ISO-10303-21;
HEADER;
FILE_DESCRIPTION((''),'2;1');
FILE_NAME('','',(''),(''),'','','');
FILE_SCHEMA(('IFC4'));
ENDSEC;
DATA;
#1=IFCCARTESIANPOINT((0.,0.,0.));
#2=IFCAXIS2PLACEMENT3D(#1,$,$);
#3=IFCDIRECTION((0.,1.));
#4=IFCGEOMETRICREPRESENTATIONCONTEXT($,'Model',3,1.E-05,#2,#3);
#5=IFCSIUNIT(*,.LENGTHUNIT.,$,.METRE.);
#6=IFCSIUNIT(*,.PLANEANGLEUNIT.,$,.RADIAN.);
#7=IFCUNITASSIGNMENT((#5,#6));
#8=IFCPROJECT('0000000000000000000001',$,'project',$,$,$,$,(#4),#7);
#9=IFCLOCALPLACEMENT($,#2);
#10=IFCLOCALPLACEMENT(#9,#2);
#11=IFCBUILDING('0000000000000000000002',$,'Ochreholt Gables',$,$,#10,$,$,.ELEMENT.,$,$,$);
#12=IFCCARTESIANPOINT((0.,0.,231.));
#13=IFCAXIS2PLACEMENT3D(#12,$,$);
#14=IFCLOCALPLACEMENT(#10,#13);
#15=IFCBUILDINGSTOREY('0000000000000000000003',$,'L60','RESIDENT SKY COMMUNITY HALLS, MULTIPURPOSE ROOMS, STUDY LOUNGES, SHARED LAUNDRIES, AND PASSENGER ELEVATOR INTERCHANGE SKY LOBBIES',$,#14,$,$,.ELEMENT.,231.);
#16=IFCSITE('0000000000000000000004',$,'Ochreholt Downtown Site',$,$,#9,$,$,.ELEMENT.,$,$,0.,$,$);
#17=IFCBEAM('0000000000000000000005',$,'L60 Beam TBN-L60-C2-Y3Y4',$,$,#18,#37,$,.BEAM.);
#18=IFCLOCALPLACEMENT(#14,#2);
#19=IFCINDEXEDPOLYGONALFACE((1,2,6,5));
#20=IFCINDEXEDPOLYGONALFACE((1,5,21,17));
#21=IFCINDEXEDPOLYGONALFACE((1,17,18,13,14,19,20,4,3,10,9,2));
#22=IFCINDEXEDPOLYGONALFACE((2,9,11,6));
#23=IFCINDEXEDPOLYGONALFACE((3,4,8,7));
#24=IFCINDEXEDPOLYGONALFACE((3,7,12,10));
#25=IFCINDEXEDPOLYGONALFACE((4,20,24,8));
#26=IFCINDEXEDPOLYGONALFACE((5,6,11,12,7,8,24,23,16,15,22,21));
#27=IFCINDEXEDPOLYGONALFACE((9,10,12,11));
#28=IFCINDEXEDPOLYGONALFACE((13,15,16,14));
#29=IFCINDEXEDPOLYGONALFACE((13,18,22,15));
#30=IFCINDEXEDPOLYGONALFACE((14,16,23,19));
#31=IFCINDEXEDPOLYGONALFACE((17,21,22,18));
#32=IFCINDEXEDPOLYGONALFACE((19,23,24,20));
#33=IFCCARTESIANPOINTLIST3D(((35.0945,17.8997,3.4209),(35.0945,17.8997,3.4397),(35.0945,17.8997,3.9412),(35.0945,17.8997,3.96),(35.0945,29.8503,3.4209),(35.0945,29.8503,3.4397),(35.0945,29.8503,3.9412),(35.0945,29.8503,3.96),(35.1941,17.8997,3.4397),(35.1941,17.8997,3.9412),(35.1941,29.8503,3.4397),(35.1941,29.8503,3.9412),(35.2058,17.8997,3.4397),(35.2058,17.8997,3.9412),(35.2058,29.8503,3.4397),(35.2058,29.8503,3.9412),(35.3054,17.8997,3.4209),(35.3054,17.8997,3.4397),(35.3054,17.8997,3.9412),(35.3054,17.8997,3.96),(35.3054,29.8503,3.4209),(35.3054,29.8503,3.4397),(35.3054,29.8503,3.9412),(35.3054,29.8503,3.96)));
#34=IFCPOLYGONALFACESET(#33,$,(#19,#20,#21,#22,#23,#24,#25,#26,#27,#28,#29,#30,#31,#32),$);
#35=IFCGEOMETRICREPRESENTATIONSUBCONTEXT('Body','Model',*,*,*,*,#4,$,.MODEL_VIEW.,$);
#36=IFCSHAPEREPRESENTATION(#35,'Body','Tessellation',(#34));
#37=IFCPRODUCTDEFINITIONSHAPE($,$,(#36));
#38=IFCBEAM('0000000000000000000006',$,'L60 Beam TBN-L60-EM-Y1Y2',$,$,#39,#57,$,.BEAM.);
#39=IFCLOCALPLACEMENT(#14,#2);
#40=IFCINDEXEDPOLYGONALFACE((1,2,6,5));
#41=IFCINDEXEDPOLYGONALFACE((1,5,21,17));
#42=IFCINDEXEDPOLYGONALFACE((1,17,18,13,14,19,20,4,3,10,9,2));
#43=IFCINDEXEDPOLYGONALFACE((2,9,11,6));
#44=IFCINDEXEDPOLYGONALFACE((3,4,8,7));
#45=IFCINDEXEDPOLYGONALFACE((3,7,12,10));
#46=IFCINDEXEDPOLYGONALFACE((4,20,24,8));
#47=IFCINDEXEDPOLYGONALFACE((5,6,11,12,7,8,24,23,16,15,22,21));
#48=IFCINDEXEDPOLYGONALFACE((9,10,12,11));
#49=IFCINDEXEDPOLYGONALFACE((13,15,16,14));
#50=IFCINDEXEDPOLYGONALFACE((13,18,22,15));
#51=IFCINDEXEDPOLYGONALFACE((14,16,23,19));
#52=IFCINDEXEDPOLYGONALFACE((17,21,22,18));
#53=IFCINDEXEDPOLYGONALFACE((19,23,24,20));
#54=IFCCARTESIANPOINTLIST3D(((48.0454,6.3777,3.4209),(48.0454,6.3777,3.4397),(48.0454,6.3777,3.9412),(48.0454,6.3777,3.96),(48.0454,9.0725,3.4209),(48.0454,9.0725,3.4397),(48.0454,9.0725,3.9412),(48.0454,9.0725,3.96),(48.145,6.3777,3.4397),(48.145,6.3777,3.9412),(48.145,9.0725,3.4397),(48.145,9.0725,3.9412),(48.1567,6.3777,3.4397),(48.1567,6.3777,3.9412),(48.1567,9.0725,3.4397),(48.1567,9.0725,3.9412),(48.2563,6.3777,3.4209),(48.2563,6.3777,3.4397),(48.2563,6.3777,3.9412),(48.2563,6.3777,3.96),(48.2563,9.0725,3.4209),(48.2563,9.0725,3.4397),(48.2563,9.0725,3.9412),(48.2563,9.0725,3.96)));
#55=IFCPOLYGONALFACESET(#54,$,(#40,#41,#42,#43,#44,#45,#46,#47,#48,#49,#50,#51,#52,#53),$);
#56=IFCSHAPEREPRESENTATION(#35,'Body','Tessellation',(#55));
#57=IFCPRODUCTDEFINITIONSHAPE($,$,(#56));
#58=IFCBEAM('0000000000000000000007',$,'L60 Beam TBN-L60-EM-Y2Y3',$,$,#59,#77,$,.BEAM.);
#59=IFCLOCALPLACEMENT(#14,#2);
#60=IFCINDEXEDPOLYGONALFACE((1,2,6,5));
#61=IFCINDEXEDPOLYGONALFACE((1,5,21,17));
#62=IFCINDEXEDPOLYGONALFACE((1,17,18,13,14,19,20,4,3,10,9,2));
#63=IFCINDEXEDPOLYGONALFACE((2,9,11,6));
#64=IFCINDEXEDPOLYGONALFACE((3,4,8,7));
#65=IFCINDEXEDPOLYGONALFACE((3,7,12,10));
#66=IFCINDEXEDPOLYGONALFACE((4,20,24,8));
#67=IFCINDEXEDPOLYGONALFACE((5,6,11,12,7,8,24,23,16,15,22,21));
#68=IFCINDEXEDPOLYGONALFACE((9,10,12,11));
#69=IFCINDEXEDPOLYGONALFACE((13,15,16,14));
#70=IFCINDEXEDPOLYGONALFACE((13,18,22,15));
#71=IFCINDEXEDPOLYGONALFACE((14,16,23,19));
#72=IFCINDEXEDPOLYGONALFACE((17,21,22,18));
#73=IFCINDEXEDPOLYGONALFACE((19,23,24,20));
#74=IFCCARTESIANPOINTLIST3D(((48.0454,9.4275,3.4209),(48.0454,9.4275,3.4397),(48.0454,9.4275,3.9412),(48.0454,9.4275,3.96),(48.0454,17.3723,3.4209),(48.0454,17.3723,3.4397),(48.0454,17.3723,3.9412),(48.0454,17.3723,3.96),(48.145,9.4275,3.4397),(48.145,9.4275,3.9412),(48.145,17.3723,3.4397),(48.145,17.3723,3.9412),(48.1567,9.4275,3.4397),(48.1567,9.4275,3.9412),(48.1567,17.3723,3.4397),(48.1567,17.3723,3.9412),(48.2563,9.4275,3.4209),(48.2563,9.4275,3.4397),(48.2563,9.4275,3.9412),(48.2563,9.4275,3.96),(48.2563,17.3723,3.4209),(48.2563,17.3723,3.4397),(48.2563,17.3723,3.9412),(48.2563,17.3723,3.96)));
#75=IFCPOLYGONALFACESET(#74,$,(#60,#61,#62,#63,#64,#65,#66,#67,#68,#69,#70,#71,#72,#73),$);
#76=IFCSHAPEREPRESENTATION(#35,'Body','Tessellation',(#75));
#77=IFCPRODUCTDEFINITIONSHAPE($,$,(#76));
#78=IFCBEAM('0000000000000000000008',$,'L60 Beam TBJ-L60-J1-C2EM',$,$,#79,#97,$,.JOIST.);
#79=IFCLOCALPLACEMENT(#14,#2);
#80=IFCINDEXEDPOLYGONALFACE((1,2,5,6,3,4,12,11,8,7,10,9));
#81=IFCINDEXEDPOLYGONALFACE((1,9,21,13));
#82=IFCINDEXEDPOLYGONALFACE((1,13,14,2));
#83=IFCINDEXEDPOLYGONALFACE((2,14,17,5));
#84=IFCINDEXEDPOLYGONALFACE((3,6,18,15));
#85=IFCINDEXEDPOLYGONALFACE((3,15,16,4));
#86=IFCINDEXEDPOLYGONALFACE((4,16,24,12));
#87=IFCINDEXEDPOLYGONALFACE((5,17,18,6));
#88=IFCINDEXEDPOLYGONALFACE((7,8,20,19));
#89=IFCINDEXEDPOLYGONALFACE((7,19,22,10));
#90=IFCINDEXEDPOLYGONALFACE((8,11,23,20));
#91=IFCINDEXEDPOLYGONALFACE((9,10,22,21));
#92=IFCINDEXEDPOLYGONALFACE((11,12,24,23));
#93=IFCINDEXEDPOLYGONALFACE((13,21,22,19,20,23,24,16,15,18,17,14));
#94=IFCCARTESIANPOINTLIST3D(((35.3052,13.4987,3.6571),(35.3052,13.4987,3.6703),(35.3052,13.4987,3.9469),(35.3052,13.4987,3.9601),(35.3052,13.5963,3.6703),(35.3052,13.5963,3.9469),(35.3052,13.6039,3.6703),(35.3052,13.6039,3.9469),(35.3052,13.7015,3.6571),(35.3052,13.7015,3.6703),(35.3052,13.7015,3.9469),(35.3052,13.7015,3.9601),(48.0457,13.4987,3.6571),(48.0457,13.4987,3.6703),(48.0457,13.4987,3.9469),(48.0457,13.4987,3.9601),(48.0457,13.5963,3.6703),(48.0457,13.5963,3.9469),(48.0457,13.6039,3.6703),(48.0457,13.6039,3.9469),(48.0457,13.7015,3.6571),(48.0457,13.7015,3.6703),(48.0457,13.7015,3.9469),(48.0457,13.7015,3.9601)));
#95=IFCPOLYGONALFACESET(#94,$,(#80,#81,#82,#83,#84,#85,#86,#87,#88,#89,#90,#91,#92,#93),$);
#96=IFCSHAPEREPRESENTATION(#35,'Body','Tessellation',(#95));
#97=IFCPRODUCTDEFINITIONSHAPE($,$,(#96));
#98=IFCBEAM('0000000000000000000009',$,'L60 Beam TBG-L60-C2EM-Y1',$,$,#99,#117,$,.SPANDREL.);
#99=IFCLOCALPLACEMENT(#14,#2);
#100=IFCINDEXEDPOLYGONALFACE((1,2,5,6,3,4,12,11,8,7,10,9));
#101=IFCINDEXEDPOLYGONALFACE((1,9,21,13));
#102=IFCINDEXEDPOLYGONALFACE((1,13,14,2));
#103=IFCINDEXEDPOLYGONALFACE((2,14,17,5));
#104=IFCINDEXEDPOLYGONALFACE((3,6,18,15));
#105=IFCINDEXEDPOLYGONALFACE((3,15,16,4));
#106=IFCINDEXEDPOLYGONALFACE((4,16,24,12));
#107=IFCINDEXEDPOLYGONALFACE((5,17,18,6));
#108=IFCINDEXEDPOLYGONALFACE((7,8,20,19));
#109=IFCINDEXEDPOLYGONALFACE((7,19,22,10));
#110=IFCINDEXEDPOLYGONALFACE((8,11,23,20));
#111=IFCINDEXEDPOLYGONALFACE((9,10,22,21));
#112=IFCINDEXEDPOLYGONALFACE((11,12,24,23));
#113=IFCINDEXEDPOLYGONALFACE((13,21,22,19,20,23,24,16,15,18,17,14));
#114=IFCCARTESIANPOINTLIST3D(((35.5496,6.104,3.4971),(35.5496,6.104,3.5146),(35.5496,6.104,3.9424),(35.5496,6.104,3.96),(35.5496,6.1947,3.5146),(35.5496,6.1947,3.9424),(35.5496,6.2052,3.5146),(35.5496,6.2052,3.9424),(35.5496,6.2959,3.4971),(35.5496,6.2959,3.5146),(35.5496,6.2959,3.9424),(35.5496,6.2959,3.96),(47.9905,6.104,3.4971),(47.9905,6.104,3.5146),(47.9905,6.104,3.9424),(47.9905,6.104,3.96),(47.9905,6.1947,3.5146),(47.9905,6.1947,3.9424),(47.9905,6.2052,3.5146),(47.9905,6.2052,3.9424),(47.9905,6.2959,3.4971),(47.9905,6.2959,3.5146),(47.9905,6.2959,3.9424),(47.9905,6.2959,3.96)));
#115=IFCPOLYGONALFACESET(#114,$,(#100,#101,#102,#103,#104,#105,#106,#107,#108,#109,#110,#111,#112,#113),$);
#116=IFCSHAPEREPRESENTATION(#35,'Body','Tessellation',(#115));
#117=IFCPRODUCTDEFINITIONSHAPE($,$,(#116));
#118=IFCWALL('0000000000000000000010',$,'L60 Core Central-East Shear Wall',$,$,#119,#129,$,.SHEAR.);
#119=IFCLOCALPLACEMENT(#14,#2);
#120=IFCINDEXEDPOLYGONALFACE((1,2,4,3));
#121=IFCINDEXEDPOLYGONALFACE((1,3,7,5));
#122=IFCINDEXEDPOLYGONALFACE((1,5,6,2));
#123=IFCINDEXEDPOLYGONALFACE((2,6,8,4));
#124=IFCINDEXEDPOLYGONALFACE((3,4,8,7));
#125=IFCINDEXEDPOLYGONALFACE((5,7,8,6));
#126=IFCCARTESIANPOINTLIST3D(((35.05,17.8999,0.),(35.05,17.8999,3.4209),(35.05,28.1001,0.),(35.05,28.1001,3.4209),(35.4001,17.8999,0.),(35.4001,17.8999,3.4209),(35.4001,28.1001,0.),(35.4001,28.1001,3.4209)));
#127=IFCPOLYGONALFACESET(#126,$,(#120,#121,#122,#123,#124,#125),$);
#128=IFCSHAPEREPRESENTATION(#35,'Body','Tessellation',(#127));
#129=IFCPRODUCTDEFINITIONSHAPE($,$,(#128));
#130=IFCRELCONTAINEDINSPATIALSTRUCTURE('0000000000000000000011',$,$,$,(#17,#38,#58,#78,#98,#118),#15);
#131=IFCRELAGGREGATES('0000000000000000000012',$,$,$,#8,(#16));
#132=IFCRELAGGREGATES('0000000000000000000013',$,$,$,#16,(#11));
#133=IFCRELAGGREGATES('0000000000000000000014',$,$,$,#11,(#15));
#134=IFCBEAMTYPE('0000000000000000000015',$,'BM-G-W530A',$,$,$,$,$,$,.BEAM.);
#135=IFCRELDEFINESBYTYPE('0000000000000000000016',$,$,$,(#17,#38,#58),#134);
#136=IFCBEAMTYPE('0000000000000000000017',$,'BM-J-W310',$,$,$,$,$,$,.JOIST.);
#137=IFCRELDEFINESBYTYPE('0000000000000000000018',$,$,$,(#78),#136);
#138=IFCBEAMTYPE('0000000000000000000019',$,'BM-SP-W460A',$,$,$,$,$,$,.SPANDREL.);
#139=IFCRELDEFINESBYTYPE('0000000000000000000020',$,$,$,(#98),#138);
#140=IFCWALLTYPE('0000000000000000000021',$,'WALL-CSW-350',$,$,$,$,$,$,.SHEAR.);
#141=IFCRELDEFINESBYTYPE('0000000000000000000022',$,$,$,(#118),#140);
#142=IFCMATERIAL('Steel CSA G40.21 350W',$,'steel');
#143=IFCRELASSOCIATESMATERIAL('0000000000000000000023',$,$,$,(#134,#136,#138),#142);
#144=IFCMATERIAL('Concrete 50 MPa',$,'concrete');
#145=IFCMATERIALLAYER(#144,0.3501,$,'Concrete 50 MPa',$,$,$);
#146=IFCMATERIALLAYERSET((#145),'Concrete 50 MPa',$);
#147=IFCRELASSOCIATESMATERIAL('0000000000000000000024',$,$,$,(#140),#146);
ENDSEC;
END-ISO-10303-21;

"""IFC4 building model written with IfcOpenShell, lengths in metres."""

from ifc_helpers import new_model, si_unit, direction, frame, frame_2d, origin, origin_2d, place, context, subcontext, project, spatial, rectangle, i_section, extrude, material, layer, layer_set, material_profile, profile_set, type_object, element, save


model = new_model("IFC4")

# Units and contexts
model_context = context("Model", 3, precision=1e-05, world=origin(), true_north=direction((0.0, 1.0)))
body_context = subcontext(model_context, "Body", "Model", "MODEL_VIEW")
ifc_project = project(units=[si_unit("LENGTHUNIT", "METRE"), si_unit("PLANEANGLEUNIT", "RADIAN")], contexts=[model_context])

# Site, building, storey
site_placement = place(None, origin())
site = spatial("IfcSite", under=ifc_project, at=site_placement, Name="Ochreholt Downtown Site", CompositionType="ELEMENT", RefElevation=0.0)
building_placement = place(site_placement, origin())
building = spatial("IfcBuilding", under=site, at=building_placement, Name="Ochreholt Gables", CompositionType="ELEMENT")
storey_placement = place(building_placement, frame((0.0, 0.0, 231.0)))
storey = spatial("IfcBuildingStorey", under=building, at=storey_placement, Name="L60", Description="RESIDENT SKY COMMUNITY HALLS, MULTIPURPOSE ROOMS, STUDY LOUNGES, SHARED LAUNDRIES, AND PASSENGER ELEVATOR INTERCHANGE SKY LOBBIES", CompositionType="ELEMENT", Elevation=231.0)

# Shared definitions
ifc_material_1 = material(Name="Steel CSA G40.21 350W", Category="steel")
ifc_material_2 = material(Name="Concrete 50 MPa", Category="concrete")

# Beams
ifc_material_profile_1 = material_profile(ifc_material_1, i_section(OverallWidth=0.2109, OverallDepth=0.5391, WebThickness=0.0117, FlangeThickness=0.0188, at=origin_2d()), Name="W530X109")
ifc_profile_set_1 = profile_set([ifc_material_profile_1], Name="Steel CSA G40.21 350W")
beam_type_1 = type_object("IfcBeamType", Name="BM-G-W530A", PredefinedType="BEAM", material=ifc_profile_set_1)
beam_1_placement = place(storey_placement, frame((35.2, 17.8997, 3.6904), z_axis=(0.0, 1.0, 0.0), x_axis=(-1.0, 0.0, 0.0)))
element("IfcBeam", 1, at=beam_1_placement, inside=storey, type_object=beam_type_1, Name="L60 Beam TBN-L60-C2-Y3Y4", PredefinedType="BEAM", context=body_context, shape_type="SweptSolid", body=[
    extrude(i_section(OverallWidth=0.2109, OverallDepth=0.5391, WebThickness=0.0117, FlangeThickness=0.0188, at=origin_2d()), origin(), (0.0, 0.0, 1.0), 11.9507),
])
beam_2_placement = place(storey_placement, frame((48.1509, 6.3777, 3.6904), z_axis=(0.0, 1.0, 0.0), x_axis=(-1.0, 0.0, 0.0)))
element("IfcBeam", 2, at=beam_2_placement, inside=storey, type_object=beam_type_1, Name="L60 Beam TBN-L60-EM-Y1Y2", PredefinedType="BEAM", context=body_context, shape_type="SweptSolid", body=[
    extrude(i_section(OverallWidth=0.2109, OverallDepth=0.5391, WebThickness=0.0117, FlangeThickness=0.0188, at=origin_2d()), origin(), (0.0, 0.0, 1.0), 2.6948),
])
beam_3_placement = place(storey_placement, frame((48.1509, 9.4275, 3.6904), z_axis=(0.0, 1.0, 0.0), x_axis=(-1.0, 0.0, 0.0)))
element("IfcBeam", 3, at=beam_3_placement, inside=storey, type_object=beam_type_1, Name="L60 Beam TBN-L60-EM-Y2Y3", PredefinedType="BEAM", context=body_context, shape_type="SweptSolid", body=[
    extrude(i_section(OverallWidth=0.2109, OverallDepth=0.5391, WebThickness=0.0117, FlangeThickness=0.0188, at=origin_2d()), origin(), (0.0, 0.0, 1.0), 7.9448),
])
ifc_material_profile_2 = material_profile(ifc_material_1, i_section(OverallWidth=0.2029, OverallDepth=0.303, WebThickness=0.0076, FlangeThickness=0.0132, at=origin_2d()), Name="W310X60")
ifc_profile_set_2 = profile_set([ifc_material_profile_2], Name="Steel CSA G40.21 350W")
beam_type_2 = type_object("IfcBeamType", Name="BM-J-W310", PredefinedType="JOIST", material=ifc_profile_set_2)
beam_4_placement = place(storey_placement, frame((35.3052, 13.6001, 3.8086), z_axis=(1.0, 0.0, 0.0), x_axis=(0.0, 1.0, 0.0)))
element("IfcBeam", 4, at=beam_4_placement, inside=storey, type_object=beam_type_2, Name="L60 Beam TBJ-L60-J1-C2EM", PredefinedType="JOIST", context=body_context, shape_type="SweptSolid", body=[
    extrude(i_section(OverallWidth=0.2029, OverallDepth=0.303, WebThickness=0.0076, FlangeThickness=0.0132, at=origin_2d()), origin(), (0.0, 0.0, 1.0), 12.7405),
])
ifc_material_profile_3 = material_profile(ifc_material_1, i_section(OverallWidth=0.1919, OverallDepth=0.4629, WebThickness=0.0105, FlangeThickness=0.0176, at=origin_2d()), Name="W460X89")
ifc_profile_set_3 = profile_set([ifc_material_profile_3], Name="Steel CSA G40.21 350W")
beam_type_3 = type_object("IfcBeamType", Name="BM-SP-W460A", PredefinedType="SPANDREL", material=ifc_profile_set_3)
beam_5_placement = place(storey_placement, frame((35.5496, 6.2, 3.7285), z_axis=(1.0, 0.0, 0.0), x_axis=(0.0, 1.0, 0.0)))
element("IfcBeam", 5, at=beam_5_placement, inside=storey, type_object=beam_type_3, Name="L60 Beam TBG-L60-C2EM-Y1", PredefinedType="SPANDREL", context=body_context, shape_type="SweptSolid", body=[
    extrude(i_section(OverallWidth=0.1919, OverallDepth=0.4629, WebThickness=0.0105, FlangeThickness=0.0176, at=origin_2d()), origin(), (0.0, 0.0, 1.0), 12.4409),
])

# Wall
ifc_layer_1 = layer(ifc_material_2, 0.3501, Name="Concrete 50 MPa")
ifc_layer_set_1 = layer_set([ifc_layer_1], Name="Concrete 50 MPa")
wall_type_1 = type_object("IfcWallType", Name="WALL-CSW-350", PredefinedType="SHEAR", material=ifc_layer_set_1)
wall_1_placement = place(storey_placement, frame((35.2251, 17.8999, 0.0), z_axis=(0.0, 0.0, 1.0), x_axis=(0.0, 1.0, 0.0)))
element("IfcWall", 6, at=wall_1_placement, inside=storey, type_object=wall_type_1, Name="L60 Core Central-East Shear Wall", PredefinedType="SHEAR", context=body_context, shape_type="SweptSolid", body=[
    extrude(rectangle(XDim=10.2002, YDim=0.3501, at=frame_2d((5.1001, 0.0))), origin(), (0.0, 0.0, 1.0), 3.4209),
])

save(model, "model.ifc")
